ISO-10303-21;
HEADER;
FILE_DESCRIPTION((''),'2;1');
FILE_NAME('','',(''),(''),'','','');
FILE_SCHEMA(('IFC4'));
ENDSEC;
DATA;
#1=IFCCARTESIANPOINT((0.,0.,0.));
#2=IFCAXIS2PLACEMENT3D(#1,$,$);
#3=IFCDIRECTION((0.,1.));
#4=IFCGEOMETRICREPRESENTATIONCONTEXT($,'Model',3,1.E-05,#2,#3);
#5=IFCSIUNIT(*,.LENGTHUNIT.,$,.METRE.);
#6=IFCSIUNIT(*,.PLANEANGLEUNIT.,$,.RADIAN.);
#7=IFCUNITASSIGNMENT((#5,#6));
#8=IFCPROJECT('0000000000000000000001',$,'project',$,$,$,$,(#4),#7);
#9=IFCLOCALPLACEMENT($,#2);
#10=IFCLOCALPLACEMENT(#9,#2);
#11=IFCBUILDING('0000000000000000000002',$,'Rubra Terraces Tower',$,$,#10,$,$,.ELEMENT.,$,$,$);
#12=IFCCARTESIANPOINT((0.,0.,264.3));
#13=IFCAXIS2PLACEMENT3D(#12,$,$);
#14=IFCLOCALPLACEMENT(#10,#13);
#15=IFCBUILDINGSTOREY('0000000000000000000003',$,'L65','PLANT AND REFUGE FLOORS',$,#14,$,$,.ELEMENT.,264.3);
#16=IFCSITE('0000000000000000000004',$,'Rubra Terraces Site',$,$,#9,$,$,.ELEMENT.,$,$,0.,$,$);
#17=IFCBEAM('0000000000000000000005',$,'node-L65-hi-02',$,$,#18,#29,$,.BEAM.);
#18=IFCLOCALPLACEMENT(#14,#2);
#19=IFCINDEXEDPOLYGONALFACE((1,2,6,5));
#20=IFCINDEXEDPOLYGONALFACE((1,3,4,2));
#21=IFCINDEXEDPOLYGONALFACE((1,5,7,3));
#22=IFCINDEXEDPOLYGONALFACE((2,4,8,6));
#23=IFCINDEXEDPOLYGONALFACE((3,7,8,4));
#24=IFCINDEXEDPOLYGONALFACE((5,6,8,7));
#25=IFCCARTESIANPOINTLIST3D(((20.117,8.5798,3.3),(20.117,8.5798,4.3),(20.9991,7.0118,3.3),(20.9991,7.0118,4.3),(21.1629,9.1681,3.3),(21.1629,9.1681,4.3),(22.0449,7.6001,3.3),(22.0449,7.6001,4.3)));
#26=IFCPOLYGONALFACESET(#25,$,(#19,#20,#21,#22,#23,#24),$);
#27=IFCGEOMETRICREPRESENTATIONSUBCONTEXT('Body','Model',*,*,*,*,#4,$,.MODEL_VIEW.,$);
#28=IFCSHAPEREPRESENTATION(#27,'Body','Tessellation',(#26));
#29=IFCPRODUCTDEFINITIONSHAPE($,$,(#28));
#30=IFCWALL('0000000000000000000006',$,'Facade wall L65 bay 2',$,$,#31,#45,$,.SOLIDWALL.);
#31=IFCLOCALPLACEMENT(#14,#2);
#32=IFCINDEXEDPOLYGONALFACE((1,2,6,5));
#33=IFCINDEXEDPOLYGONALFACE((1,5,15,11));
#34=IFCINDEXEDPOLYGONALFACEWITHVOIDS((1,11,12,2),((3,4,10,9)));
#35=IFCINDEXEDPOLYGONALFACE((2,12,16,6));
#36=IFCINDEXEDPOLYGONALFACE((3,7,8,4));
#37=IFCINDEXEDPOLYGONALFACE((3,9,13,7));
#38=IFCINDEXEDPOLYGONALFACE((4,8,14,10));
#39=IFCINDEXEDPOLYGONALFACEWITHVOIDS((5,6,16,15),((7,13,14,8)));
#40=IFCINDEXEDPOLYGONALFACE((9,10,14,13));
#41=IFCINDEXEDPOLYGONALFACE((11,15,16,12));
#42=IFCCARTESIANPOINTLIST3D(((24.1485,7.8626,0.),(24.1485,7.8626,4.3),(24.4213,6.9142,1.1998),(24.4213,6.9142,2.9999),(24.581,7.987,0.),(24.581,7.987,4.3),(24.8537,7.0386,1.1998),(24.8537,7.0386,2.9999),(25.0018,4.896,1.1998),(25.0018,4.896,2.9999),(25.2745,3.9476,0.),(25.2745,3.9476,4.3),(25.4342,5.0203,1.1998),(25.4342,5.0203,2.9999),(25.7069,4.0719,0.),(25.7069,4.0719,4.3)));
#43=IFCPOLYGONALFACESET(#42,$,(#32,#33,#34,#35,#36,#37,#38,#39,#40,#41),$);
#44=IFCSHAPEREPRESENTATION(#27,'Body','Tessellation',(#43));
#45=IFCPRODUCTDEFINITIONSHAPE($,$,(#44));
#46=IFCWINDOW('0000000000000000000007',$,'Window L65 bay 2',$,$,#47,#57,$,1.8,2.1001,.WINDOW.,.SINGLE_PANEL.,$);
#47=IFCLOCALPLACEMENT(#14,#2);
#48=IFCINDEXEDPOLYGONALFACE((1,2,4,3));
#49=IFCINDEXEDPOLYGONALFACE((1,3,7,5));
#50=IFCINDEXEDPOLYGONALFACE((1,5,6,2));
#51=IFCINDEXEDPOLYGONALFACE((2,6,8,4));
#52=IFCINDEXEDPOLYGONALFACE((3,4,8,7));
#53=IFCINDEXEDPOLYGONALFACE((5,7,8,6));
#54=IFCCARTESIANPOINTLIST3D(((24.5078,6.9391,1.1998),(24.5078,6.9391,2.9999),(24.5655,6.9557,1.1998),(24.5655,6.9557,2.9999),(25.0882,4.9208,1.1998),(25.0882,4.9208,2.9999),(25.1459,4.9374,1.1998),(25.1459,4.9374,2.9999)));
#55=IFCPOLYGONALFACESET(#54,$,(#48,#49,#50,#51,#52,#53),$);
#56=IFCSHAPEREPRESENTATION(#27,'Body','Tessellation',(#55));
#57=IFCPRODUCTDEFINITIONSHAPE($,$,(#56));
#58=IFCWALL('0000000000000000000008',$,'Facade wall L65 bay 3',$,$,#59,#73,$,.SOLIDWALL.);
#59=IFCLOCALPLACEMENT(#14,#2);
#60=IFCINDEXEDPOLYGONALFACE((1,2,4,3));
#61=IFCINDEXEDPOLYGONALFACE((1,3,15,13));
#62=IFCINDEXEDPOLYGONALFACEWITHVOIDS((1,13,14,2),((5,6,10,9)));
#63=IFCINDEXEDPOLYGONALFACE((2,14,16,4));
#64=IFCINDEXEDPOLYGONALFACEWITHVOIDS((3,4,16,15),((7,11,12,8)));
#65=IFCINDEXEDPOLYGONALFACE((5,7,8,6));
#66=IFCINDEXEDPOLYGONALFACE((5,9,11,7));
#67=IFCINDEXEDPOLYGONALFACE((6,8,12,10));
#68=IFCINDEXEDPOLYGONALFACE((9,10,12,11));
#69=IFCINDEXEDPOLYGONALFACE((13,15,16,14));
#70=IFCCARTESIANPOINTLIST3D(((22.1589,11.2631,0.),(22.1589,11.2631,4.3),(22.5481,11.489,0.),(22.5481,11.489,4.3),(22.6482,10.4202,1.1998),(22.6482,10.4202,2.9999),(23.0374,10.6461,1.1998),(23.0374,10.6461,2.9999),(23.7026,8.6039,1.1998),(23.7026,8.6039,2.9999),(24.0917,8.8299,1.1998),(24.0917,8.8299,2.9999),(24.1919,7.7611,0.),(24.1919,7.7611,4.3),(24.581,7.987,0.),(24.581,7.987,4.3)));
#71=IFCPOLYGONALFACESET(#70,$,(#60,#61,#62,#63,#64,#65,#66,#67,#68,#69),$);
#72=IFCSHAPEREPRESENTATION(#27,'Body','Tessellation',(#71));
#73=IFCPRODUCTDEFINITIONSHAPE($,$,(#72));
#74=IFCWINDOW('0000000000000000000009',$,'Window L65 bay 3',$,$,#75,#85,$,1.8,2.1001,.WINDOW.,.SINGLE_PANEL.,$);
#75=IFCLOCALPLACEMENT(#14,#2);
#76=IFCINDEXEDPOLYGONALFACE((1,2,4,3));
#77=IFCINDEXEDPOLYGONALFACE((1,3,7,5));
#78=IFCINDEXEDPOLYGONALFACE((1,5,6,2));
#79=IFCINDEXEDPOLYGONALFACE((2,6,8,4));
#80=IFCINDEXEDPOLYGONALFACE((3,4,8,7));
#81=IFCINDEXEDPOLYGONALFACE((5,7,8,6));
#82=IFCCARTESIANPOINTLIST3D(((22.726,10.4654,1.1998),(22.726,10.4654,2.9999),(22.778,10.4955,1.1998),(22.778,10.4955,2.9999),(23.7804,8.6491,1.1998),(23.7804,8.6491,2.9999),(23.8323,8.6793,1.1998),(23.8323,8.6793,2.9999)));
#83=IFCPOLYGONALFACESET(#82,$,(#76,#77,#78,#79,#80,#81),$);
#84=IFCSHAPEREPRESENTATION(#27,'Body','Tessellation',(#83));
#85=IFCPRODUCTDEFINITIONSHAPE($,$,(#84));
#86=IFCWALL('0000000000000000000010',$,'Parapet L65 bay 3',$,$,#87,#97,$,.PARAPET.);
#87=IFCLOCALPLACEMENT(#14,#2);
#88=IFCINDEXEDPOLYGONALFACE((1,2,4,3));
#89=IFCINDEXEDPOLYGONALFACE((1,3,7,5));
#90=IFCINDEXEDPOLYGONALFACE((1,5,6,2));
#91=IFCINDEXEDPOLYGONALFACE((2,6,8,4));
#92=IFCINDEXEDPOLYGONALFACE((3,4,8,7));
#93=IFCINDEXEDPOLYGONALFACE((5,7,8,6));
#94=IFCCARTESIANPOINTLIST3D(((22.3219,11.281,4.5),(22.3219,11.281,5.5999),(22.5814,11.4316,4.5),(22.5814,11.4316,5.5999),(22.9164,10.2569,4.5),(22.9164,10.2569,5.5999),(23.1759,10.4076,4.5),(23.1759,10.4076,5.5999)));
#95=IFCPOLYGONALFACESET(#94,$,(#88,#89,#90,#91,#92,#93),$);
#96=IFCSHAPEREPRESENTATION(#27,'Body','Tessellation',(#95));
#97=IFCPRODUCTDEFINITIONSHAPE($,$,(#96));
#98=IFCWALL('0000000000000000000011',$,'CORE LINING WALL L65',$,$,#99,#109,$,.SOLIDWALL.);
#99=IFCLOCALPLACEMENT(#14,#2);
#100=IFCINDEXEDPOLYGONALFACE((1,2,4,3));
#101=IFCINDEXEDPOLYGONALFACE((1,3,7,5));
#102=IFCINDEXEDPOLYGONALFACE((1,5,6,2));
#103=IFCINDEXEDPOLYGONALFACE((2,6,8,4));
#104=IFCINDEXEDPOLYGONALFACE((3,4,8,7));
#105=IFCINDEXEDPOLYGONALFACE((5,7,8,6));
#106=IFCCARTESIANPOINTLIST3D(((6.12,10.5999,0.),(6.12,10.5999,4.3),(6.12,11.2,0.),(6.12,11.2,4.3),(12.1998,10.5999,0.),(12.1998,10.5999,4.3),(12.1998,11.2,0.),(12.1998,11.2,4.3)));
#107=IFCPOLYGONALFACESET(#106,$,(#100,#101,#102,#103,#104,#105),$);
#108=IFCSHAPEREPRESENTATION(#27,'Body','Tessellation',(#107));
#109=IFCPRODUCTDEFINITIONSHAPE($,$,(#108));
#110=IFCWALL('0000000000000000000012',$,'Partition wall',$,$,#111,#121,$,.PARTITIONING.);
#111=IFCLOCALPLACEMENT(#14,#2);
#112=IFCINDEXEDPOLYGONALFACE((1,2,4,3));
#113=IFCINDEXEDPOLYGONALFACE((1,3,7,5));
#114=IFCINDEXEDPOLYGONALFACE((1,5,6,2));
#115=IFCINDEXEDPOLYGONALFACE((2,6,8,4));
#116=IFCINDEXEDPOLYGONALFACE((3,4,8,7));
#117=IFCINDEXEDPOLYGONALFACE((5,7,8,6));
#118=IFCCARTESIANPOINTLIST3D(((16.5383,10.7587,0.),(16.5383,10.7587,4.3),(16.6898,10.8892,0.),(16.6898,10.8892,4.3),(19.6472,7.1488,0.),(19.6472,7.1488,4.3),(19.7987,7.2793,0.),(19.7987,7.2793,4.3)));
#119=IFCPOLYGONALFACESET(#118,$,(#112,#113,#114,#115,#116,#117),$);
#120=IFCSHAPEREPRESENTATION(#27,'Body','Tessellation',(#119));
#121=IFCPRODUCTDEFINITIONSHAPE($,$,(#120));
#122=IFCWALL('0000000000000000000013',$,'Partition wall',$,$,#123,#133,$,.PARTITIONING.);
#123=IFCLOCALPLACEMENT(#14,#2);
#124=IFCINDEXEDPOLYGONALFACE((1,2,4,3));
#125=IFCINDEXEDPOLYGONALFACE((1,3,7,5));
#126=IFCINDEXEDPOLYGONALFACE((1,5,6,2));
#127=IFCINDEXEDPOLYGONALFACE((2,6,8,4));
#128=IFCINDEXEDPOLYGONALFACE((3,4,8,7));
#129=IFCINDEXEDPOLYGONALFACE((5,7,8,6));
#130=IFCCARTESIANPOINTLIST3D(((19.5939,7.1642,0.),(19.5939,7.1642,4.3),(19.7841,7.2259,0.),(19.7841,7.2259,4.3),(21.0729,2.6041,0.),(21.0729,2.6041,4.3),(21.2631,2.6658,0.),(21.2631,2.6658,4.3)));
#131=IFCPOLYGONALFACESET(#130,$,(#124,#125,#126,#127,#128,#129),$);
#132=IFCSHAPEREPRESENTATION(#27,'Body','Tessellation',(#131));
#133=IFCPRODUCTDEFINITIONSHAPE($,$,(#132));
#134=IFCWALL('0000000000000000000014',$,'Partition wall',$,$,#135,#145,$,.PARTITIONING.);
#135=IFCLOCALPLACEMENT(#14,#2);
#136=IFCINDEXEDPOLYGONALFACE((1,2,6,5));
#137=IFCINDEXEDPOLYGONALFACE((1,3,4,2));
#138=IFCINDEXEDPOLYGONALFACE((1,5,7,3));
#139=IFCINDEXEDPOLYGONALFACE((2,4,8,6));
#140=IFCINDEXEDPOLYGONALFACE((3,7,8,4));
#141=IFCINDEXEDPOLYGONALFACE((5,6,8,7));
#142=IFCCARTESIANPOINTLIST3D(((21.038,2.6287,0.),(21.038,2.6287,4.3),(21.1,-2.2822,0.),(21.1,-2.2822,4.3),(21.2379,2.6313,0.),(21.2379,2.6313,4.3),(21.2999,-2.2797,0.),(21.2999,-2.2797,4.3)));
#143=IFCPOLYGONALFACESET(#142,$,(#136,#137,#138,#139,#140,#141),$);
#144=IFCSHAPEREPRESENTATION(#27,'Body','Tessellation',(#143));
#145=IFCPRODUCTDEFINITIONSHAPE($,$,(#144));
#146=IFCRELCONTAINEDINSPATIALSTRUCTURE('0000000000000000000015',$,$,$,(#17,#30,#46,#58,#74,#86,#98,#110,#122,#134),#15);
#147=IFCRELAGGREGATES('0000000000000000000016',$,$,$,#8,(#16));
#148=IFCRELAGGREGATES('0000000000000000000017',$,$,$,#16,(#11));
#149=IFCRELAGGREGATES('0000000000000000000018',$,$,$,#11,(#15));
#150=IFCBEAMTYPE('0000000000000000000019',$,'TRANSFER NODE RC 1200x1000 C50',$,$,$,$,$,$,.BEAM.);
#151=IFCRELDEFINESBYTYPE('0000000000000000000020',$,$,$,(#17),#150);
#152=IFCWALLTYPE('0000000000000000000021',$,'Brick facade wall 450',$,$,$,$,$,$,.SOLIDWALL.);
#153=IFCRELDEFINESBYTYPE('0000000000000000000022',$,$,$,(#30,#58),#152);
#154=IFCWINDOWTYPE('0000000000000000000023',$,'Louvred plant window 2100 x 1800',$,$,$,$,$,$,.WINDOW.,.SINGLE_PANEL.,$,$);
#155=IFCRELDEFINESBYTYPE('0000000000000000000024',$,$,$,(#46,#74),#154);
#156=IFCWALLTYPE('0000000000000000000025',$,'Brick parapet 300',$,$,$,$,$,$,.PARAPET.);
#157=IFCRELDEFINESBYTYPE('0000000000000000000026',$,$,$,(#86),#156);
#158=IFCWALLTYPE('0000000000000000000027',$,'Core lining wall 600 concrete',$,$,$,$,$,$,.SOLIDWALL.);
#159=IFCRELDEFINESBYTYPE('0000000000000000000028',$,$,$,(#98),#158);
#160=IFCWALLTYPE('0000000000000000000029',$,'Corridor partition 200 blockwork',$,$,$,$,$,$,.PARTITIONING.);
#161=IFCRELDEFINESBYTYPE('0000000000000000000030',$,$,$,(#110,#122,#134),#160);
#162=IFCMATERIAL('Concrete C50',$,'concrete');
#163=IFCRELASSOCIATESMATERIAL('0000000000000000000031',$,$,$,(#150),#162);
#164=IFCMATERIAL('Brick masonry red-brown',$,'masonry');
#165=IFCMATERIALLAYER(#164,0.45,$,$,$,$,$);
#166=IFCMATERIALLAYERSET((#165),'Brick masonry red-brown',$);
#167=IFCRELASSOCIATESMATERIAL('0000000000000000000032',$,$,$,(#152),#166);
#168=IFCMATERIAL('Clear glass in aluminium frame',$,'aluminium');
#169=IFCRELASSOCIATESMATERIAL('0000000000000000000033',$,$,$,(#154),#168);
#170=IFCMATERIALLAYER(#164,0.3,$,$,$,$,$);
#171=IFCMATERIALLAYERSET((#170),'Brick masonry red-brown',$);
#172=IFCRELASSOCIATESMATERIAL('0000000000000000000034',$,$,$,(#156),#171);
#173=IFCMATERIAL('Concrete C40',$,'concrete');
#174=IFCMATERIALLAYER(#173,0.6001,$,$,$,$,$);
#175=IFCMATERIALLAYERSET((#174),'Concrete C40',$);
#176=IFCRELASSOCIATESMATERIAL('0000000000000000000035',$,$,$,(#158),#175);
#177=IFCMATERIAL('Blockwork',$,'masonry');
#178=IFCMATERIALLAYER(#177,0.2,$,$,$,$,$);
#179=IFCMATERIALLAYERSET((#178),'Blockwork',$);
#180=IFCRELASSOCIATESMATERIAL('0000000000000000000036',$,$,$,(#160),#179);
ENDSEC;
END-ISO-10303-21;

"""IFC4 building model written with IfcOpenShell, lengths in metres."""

from ifc_helpers import new_model, si_unit, direction, frame, frame_2d, origin, origin_2d, place, context, subcontext, project, spatial, rectangle, extrude, material, layer, layer_set, material_profile, profile_set, type_object, element, fill, save


model = new_model("IFC4")

# Units and contexts
model_context = context("Model", 3, precision=1e-05, world=origin(), true_north=direction((0.0, 1.0)))
body_context = subcontext(model_context, "Body", "Model", "MODEL_VIEW")
ifc_project = project(units=[si_unit("LENGTHUNIT", "METRE"), si_unit("PLANEANGLEUNIT", "RADIAN")], contexts=[model_context])

# Site, building, storey
site_placement = place(None, origin())
site = spatial("IfcSite", under=ifc_project, at=site_placement, Name="Rubra Terraces Site", CompositionType="ELEMENT", RefElevation=0.0)
building_placement = place(site_placement, origin())
building = spatial("IfcBuilding", under=site, at=building_placement, Name="Rubra Terraces Tower", CompositionType="ELEMENT")
storey_placement = place(building_placement, frame((0.0, 0.0, 264.3)))
storey = spatial("IfcBuildingStorey", under=building, at=storey_placement, Name="L65", Description="PLANT AND REFUGE FLOORS", CompositionType="ELEMENT", Elevation=264.3)

# Shared definitions
ifc_material_1 = material(Name="Concrete C50", Category="concrete")

# Beam
ifc_material_profile_1 = material_profile(ifc_material_1, rectangle(XDim=1.2, YDim=1.0, at=origin_2d()), Name="RC 1200x1000")
ifc_profile_set_1 = profile_set([ifc_material_profile_1], Name="Concrete C50")
beam_type_1 = type_object("IfcBeamType", Name="TRANSFER NODE RC 1200x1000 C50", PredefinedType="BEAM", material=ifc_profile_set_1)
beam_1_placement = place(storey_placement, frame((21.522, 7.3059, 3.8), z_axis=(-0.490268, 0.871572, 0.0), x_axis=(-0.871572, -0.490268, 0.0)))
element("IfcBeam", 1, at=beam_1_placement, inside=storey, type_object=beam_type_1, Name="node-L65-hi-02", PredefinedType="BEAM", context=body_context, shape_type="SweptSolid", body=[
    extrude(rectangle(XDim=1.2, YDim=1.0, at=origin_2d()), origin(), (0.0, 0.0, 1.0), 1.7991),
])

# Walls, openings, windows
ifc_material_2 = material(Name="Brick masonry red-brown", Category="masonry")
ifc_layer_1 = layer(ifc_material_2, 0.45)
ifc_layer_set_1 = layer_set([ifc_layer_1], Name="Brick masonry red-brown")
wall_type_1 = type_object("IfcWallType", Name="Brick facade wall 450", PredefinedType="SOLIDWALL", material=ifc_layer_set_1)
wall_1_placement = place(storey_placement, frame((25.4907, 4.0098, 0.0), z_axis=(0.0, 0.0, 1.0), x_axis=(-0.276399, 0.961043, 0.0)))
wall_1 = element("IfcWall", 2, at=wall_1_placement, inside=storey, type_object=wall_type_1, Name="Facade wall L65 bay 2", PredefinedType="SOLIDWALL", context=body_context, shape_type="SweptSolid", body=[
    extrude(rectangle(XDim=4.0737, YDim=0.45, at=frame_2d((2.0369, 0.0))), origin(), (0.0, 0.0, 1.0), 4.3),
])
opening_1_placement = place(wall_1_placement, frame((0.9868, 0.0, 1.2)))
opening_1 = element("IfcOpeningElement", 3, at=opening_1_placement, cuts=wall_1, PredefinedType="OPENING", context=body_context, shape_type="SweptSolid", body=[
    extrude(rectangle(XDim=2.1001, YDim=1.8, at=frame_2d((1.05, 0.8999))), frame((0.0, 0.2349, 0.0), z_axis=(0.0, -1.0, 0.0), x_axis=(1.0, 0.0, 0.0)), (0.0, 0.0, 1.0), 0.47),
])
ifc_material_3 = material(Name="Clear glass in aluminium frame", Category="aluminium")
window_type = type_object("IfcWindowType", Name="Louvred plant window 2100 x 1800", PartitioningType="SINGLE_PANEL", PredefinedType="WINDOW", material=ifc_material_3)
window_1_placement = place(opening_1_placement, origin())
window_1 = element("IfcWindow", 4, at=window_1_placement, inside=storey, type_object=window_type, Name="Window L65 bay 2", OverallHeight=1.8, OverallWidth=2.1001, PartitioningType="SINGLE_PANEL", PredefinedType="WINDOW", context=body_context, shape_type="SweptSolid", body=[
    extrude(rectangle(XDim=2.1001, YDim=1.8, at=frame_2d((1.05, 0.8999))), frame((0.0, 0.135, 0.0), z_axis=(0.0, -1.0, 0.0), x_axis=(1.0, 0.0, 0.0)), (0.0, 0.0, 1.0), 0.0601),
])
fill(opening_1, window_1)
wall_2_placement = place(storey_placement, frame((24.3865, 7.874, 0.0), z_axis=(0.0, 0.0, 1.0), x_axis=(-0.502056, 0.864835, 0.0)))
wall_2 = element("IfcWall", 5, at=wall_2_placement, inside=storey, type_object=wall_type_1, Name="Facade wall L65 bay 3", PredefinedType="SOLIDWALL", context=body_context, shape_type="SweptSolid", body=[
    extrude(rectangle(XDim=4.0493, YDim=0.45, at=frame_2d((2.0247, 0.0))), origin(), (0.0, 0.0, 1.0), 4.3),
])
opening_2_placement = place(wall_2_placement, frame((0.9746, 0.0, 1.2)))
opening_2 = element("IfcOpeningElement", 6, at=opening_2_placement, cuts=wall_2, PredefinedType="OPENING", context=body_context, shape_type="SweptSolid", body=[
    extrude(rectangle(XDim=2.1001, YDim=1.8, at=frame_2d((1.05, 0.8999))), frame((0.0, 0.2349, 0.0), z_axis=(0.0, -1.0, 0.0), x_axis=(1.0, 0.0, 0.0)), (0.0, 0.0, 1.0), 0.47),
])
window_2_placement = place(opening_2_placement, origin())
window_2 = element("IfcWindow", 7, at=window_2_placement, inside=storey, type_object=window_type, Name="Window L65 bay 3", OverallHeight=1.8, OverallWidth=2.1001, PartitioningType="SINGLE_PANEL", PredefinedType="WINDOW", context=body_context, shape_type="SweptSolid", body=[
    extrude(rectangle(XDim=2.1001, YDim=1.8, at=frame_2d((1.05, 0.8999))), frame((0.0, 0.135, 0.0), z_axis=(0.0, -1.0, 0.0), x_axis=(1.0, 0.0, 0.0)), (0.0, 0.0, 1.0), 0.0601),
])
fill(opening_2, window_2)

# Walls
ifc_layer_2 = layer(ifc_material_2, 0.3)
ifc_layer_set_2 = layer_set([ifc_layer_2], Name="Brick masonry red-brown")
wall_type_2 = type_object("IfcWallType", Name="Brick parapet 300", PredefinedType="PARAPET", material=ifc_layer_set_2)
wall_3_placement = place(storey_placement, frame((23.0461, 10.3323, 4.5), z_axis=(0.0, 0.0, 1.0), x_axis=(-0.502101, 0.864809, 0.0)))
element("IfcWall", 8, at=wall_3_placement, inside=storey, type_object=wall_type_2, Name="Parapet L65 bay 3", PredefinedType="PARAPET", context=body_context, shape_type="SweptSolid", body=[
    extrude(rectangle(XDim=1.1841, YDim=0.3, at=frame_2d((0.592, 0.0))), origin(), (0.0, 0.0, 1.0), 1.0999),
])
ifc_material_4 = material(Name="Concrete C40", Category="concrete")
ifc_layer_3 = layer(ifc_material_4, 0.6001)
ifc_layer_set_3 = layer_set([ifc_layer_3], Name="Concrete C40")
wall_type_3 = type_object("IfcWallType", Name="Core lining wall 600 concrete", PredefinedType="SOLIDWALL", material=ifc_layer_set_3)
wall_4_placement = place(storey_placement, frame((12.2, 10.8999, 0.0), z_axis=(0.0, 0.0, 1.0), x_axis=(-1.0, 0.0, 0.0)))
element("IfcWall", 9, at=wall_4_placement, inside=storey, type_object=wall_type_3, Name="CORE LINING WALL L65", PredefinedType="SOLIDWALL", context=body_context, shape_type="SweptSolid", body=[
    extrude(rectangle(XDim=6.0798, YDim=0.6001, at=frame_2d((3.04, 0.0))), origin(), (0.0, 0.0, 1.0), 4.3),
])
ifc_material_5 = material(Name="Blockwork", Category="masonry")
ifc_layer_4 = layer(ifc_material_5, 0.2)
ifc_layer_set_4 = layer_set([ifc_layer_4], Name="Blockwork")
wall_type_4 = type_object("IfcWallType", Name="Corridor partition 200 blockwork", PredefinedType="PARTITIONING", material=ifc_layer_set_4)
wall_5_placement = place(storey_placement, frame((16.614, 10.824, 0.0), z_axis=(0.0, 0.0, 1.0), x_axis=(0.652571, -0.757728, 0.0)))
element("IfcWall", 10, at=wall_5_placement, inside=storey, type_object=wall_type_4, Name="Partition wall", PredefinedType="PARTITIONING", context=body_context, shape_type="SweptSolid", body=[
    extrude(rectangle(XDim=4.7642, YDim=0.2, at=frame_2d((2.3821, 0.0))), origin(), (0.0, 0.0, 1.0), 4.3),
])
wall_6_placement = place(storey_placement, frame((19.689, 7.1951, 0.0), z_axis=(0.0, 0.0, 1.0), x_axis=(0.308517, -0.951219, 0.0)))
element("IfcWall", 11, at=wall_6_placement, inside=storey, type_object=wall_type_4, Name="Partition wall", PredefinedType="PARTITIONING", context=body_context, shape_type="SweptSolid", body=[
    extrude(rectangle(XDim=4.7939, YDim=0.2, at=frame_2d((2.397, 0.0))), origin(), (0.0, 0.0, 1.0), 4.3),
])
wall_7_placement = place(storey_placement, frame((21.1379, 2.6299, 0.0), z_axis=(0.0, 0.0, 1.0), x_axis=(0.012626, -0.99992, 0.0)))
element("IfcWall", 12, at=wall_7_placement, inside=storey, type_object=wall_type_4, Name="Partition wall", PredefinedType="PARTITIONING", context=body_context, shape_type="SweptSolid", body=[
    extrude(rectangle(XDim=4.9114, YDim=0.2, at=frame_2d((2.4556, 0.0))), origin(), (0.0, 0.0, 1.0), 4.3),
])

save(model, "model.ifc")
